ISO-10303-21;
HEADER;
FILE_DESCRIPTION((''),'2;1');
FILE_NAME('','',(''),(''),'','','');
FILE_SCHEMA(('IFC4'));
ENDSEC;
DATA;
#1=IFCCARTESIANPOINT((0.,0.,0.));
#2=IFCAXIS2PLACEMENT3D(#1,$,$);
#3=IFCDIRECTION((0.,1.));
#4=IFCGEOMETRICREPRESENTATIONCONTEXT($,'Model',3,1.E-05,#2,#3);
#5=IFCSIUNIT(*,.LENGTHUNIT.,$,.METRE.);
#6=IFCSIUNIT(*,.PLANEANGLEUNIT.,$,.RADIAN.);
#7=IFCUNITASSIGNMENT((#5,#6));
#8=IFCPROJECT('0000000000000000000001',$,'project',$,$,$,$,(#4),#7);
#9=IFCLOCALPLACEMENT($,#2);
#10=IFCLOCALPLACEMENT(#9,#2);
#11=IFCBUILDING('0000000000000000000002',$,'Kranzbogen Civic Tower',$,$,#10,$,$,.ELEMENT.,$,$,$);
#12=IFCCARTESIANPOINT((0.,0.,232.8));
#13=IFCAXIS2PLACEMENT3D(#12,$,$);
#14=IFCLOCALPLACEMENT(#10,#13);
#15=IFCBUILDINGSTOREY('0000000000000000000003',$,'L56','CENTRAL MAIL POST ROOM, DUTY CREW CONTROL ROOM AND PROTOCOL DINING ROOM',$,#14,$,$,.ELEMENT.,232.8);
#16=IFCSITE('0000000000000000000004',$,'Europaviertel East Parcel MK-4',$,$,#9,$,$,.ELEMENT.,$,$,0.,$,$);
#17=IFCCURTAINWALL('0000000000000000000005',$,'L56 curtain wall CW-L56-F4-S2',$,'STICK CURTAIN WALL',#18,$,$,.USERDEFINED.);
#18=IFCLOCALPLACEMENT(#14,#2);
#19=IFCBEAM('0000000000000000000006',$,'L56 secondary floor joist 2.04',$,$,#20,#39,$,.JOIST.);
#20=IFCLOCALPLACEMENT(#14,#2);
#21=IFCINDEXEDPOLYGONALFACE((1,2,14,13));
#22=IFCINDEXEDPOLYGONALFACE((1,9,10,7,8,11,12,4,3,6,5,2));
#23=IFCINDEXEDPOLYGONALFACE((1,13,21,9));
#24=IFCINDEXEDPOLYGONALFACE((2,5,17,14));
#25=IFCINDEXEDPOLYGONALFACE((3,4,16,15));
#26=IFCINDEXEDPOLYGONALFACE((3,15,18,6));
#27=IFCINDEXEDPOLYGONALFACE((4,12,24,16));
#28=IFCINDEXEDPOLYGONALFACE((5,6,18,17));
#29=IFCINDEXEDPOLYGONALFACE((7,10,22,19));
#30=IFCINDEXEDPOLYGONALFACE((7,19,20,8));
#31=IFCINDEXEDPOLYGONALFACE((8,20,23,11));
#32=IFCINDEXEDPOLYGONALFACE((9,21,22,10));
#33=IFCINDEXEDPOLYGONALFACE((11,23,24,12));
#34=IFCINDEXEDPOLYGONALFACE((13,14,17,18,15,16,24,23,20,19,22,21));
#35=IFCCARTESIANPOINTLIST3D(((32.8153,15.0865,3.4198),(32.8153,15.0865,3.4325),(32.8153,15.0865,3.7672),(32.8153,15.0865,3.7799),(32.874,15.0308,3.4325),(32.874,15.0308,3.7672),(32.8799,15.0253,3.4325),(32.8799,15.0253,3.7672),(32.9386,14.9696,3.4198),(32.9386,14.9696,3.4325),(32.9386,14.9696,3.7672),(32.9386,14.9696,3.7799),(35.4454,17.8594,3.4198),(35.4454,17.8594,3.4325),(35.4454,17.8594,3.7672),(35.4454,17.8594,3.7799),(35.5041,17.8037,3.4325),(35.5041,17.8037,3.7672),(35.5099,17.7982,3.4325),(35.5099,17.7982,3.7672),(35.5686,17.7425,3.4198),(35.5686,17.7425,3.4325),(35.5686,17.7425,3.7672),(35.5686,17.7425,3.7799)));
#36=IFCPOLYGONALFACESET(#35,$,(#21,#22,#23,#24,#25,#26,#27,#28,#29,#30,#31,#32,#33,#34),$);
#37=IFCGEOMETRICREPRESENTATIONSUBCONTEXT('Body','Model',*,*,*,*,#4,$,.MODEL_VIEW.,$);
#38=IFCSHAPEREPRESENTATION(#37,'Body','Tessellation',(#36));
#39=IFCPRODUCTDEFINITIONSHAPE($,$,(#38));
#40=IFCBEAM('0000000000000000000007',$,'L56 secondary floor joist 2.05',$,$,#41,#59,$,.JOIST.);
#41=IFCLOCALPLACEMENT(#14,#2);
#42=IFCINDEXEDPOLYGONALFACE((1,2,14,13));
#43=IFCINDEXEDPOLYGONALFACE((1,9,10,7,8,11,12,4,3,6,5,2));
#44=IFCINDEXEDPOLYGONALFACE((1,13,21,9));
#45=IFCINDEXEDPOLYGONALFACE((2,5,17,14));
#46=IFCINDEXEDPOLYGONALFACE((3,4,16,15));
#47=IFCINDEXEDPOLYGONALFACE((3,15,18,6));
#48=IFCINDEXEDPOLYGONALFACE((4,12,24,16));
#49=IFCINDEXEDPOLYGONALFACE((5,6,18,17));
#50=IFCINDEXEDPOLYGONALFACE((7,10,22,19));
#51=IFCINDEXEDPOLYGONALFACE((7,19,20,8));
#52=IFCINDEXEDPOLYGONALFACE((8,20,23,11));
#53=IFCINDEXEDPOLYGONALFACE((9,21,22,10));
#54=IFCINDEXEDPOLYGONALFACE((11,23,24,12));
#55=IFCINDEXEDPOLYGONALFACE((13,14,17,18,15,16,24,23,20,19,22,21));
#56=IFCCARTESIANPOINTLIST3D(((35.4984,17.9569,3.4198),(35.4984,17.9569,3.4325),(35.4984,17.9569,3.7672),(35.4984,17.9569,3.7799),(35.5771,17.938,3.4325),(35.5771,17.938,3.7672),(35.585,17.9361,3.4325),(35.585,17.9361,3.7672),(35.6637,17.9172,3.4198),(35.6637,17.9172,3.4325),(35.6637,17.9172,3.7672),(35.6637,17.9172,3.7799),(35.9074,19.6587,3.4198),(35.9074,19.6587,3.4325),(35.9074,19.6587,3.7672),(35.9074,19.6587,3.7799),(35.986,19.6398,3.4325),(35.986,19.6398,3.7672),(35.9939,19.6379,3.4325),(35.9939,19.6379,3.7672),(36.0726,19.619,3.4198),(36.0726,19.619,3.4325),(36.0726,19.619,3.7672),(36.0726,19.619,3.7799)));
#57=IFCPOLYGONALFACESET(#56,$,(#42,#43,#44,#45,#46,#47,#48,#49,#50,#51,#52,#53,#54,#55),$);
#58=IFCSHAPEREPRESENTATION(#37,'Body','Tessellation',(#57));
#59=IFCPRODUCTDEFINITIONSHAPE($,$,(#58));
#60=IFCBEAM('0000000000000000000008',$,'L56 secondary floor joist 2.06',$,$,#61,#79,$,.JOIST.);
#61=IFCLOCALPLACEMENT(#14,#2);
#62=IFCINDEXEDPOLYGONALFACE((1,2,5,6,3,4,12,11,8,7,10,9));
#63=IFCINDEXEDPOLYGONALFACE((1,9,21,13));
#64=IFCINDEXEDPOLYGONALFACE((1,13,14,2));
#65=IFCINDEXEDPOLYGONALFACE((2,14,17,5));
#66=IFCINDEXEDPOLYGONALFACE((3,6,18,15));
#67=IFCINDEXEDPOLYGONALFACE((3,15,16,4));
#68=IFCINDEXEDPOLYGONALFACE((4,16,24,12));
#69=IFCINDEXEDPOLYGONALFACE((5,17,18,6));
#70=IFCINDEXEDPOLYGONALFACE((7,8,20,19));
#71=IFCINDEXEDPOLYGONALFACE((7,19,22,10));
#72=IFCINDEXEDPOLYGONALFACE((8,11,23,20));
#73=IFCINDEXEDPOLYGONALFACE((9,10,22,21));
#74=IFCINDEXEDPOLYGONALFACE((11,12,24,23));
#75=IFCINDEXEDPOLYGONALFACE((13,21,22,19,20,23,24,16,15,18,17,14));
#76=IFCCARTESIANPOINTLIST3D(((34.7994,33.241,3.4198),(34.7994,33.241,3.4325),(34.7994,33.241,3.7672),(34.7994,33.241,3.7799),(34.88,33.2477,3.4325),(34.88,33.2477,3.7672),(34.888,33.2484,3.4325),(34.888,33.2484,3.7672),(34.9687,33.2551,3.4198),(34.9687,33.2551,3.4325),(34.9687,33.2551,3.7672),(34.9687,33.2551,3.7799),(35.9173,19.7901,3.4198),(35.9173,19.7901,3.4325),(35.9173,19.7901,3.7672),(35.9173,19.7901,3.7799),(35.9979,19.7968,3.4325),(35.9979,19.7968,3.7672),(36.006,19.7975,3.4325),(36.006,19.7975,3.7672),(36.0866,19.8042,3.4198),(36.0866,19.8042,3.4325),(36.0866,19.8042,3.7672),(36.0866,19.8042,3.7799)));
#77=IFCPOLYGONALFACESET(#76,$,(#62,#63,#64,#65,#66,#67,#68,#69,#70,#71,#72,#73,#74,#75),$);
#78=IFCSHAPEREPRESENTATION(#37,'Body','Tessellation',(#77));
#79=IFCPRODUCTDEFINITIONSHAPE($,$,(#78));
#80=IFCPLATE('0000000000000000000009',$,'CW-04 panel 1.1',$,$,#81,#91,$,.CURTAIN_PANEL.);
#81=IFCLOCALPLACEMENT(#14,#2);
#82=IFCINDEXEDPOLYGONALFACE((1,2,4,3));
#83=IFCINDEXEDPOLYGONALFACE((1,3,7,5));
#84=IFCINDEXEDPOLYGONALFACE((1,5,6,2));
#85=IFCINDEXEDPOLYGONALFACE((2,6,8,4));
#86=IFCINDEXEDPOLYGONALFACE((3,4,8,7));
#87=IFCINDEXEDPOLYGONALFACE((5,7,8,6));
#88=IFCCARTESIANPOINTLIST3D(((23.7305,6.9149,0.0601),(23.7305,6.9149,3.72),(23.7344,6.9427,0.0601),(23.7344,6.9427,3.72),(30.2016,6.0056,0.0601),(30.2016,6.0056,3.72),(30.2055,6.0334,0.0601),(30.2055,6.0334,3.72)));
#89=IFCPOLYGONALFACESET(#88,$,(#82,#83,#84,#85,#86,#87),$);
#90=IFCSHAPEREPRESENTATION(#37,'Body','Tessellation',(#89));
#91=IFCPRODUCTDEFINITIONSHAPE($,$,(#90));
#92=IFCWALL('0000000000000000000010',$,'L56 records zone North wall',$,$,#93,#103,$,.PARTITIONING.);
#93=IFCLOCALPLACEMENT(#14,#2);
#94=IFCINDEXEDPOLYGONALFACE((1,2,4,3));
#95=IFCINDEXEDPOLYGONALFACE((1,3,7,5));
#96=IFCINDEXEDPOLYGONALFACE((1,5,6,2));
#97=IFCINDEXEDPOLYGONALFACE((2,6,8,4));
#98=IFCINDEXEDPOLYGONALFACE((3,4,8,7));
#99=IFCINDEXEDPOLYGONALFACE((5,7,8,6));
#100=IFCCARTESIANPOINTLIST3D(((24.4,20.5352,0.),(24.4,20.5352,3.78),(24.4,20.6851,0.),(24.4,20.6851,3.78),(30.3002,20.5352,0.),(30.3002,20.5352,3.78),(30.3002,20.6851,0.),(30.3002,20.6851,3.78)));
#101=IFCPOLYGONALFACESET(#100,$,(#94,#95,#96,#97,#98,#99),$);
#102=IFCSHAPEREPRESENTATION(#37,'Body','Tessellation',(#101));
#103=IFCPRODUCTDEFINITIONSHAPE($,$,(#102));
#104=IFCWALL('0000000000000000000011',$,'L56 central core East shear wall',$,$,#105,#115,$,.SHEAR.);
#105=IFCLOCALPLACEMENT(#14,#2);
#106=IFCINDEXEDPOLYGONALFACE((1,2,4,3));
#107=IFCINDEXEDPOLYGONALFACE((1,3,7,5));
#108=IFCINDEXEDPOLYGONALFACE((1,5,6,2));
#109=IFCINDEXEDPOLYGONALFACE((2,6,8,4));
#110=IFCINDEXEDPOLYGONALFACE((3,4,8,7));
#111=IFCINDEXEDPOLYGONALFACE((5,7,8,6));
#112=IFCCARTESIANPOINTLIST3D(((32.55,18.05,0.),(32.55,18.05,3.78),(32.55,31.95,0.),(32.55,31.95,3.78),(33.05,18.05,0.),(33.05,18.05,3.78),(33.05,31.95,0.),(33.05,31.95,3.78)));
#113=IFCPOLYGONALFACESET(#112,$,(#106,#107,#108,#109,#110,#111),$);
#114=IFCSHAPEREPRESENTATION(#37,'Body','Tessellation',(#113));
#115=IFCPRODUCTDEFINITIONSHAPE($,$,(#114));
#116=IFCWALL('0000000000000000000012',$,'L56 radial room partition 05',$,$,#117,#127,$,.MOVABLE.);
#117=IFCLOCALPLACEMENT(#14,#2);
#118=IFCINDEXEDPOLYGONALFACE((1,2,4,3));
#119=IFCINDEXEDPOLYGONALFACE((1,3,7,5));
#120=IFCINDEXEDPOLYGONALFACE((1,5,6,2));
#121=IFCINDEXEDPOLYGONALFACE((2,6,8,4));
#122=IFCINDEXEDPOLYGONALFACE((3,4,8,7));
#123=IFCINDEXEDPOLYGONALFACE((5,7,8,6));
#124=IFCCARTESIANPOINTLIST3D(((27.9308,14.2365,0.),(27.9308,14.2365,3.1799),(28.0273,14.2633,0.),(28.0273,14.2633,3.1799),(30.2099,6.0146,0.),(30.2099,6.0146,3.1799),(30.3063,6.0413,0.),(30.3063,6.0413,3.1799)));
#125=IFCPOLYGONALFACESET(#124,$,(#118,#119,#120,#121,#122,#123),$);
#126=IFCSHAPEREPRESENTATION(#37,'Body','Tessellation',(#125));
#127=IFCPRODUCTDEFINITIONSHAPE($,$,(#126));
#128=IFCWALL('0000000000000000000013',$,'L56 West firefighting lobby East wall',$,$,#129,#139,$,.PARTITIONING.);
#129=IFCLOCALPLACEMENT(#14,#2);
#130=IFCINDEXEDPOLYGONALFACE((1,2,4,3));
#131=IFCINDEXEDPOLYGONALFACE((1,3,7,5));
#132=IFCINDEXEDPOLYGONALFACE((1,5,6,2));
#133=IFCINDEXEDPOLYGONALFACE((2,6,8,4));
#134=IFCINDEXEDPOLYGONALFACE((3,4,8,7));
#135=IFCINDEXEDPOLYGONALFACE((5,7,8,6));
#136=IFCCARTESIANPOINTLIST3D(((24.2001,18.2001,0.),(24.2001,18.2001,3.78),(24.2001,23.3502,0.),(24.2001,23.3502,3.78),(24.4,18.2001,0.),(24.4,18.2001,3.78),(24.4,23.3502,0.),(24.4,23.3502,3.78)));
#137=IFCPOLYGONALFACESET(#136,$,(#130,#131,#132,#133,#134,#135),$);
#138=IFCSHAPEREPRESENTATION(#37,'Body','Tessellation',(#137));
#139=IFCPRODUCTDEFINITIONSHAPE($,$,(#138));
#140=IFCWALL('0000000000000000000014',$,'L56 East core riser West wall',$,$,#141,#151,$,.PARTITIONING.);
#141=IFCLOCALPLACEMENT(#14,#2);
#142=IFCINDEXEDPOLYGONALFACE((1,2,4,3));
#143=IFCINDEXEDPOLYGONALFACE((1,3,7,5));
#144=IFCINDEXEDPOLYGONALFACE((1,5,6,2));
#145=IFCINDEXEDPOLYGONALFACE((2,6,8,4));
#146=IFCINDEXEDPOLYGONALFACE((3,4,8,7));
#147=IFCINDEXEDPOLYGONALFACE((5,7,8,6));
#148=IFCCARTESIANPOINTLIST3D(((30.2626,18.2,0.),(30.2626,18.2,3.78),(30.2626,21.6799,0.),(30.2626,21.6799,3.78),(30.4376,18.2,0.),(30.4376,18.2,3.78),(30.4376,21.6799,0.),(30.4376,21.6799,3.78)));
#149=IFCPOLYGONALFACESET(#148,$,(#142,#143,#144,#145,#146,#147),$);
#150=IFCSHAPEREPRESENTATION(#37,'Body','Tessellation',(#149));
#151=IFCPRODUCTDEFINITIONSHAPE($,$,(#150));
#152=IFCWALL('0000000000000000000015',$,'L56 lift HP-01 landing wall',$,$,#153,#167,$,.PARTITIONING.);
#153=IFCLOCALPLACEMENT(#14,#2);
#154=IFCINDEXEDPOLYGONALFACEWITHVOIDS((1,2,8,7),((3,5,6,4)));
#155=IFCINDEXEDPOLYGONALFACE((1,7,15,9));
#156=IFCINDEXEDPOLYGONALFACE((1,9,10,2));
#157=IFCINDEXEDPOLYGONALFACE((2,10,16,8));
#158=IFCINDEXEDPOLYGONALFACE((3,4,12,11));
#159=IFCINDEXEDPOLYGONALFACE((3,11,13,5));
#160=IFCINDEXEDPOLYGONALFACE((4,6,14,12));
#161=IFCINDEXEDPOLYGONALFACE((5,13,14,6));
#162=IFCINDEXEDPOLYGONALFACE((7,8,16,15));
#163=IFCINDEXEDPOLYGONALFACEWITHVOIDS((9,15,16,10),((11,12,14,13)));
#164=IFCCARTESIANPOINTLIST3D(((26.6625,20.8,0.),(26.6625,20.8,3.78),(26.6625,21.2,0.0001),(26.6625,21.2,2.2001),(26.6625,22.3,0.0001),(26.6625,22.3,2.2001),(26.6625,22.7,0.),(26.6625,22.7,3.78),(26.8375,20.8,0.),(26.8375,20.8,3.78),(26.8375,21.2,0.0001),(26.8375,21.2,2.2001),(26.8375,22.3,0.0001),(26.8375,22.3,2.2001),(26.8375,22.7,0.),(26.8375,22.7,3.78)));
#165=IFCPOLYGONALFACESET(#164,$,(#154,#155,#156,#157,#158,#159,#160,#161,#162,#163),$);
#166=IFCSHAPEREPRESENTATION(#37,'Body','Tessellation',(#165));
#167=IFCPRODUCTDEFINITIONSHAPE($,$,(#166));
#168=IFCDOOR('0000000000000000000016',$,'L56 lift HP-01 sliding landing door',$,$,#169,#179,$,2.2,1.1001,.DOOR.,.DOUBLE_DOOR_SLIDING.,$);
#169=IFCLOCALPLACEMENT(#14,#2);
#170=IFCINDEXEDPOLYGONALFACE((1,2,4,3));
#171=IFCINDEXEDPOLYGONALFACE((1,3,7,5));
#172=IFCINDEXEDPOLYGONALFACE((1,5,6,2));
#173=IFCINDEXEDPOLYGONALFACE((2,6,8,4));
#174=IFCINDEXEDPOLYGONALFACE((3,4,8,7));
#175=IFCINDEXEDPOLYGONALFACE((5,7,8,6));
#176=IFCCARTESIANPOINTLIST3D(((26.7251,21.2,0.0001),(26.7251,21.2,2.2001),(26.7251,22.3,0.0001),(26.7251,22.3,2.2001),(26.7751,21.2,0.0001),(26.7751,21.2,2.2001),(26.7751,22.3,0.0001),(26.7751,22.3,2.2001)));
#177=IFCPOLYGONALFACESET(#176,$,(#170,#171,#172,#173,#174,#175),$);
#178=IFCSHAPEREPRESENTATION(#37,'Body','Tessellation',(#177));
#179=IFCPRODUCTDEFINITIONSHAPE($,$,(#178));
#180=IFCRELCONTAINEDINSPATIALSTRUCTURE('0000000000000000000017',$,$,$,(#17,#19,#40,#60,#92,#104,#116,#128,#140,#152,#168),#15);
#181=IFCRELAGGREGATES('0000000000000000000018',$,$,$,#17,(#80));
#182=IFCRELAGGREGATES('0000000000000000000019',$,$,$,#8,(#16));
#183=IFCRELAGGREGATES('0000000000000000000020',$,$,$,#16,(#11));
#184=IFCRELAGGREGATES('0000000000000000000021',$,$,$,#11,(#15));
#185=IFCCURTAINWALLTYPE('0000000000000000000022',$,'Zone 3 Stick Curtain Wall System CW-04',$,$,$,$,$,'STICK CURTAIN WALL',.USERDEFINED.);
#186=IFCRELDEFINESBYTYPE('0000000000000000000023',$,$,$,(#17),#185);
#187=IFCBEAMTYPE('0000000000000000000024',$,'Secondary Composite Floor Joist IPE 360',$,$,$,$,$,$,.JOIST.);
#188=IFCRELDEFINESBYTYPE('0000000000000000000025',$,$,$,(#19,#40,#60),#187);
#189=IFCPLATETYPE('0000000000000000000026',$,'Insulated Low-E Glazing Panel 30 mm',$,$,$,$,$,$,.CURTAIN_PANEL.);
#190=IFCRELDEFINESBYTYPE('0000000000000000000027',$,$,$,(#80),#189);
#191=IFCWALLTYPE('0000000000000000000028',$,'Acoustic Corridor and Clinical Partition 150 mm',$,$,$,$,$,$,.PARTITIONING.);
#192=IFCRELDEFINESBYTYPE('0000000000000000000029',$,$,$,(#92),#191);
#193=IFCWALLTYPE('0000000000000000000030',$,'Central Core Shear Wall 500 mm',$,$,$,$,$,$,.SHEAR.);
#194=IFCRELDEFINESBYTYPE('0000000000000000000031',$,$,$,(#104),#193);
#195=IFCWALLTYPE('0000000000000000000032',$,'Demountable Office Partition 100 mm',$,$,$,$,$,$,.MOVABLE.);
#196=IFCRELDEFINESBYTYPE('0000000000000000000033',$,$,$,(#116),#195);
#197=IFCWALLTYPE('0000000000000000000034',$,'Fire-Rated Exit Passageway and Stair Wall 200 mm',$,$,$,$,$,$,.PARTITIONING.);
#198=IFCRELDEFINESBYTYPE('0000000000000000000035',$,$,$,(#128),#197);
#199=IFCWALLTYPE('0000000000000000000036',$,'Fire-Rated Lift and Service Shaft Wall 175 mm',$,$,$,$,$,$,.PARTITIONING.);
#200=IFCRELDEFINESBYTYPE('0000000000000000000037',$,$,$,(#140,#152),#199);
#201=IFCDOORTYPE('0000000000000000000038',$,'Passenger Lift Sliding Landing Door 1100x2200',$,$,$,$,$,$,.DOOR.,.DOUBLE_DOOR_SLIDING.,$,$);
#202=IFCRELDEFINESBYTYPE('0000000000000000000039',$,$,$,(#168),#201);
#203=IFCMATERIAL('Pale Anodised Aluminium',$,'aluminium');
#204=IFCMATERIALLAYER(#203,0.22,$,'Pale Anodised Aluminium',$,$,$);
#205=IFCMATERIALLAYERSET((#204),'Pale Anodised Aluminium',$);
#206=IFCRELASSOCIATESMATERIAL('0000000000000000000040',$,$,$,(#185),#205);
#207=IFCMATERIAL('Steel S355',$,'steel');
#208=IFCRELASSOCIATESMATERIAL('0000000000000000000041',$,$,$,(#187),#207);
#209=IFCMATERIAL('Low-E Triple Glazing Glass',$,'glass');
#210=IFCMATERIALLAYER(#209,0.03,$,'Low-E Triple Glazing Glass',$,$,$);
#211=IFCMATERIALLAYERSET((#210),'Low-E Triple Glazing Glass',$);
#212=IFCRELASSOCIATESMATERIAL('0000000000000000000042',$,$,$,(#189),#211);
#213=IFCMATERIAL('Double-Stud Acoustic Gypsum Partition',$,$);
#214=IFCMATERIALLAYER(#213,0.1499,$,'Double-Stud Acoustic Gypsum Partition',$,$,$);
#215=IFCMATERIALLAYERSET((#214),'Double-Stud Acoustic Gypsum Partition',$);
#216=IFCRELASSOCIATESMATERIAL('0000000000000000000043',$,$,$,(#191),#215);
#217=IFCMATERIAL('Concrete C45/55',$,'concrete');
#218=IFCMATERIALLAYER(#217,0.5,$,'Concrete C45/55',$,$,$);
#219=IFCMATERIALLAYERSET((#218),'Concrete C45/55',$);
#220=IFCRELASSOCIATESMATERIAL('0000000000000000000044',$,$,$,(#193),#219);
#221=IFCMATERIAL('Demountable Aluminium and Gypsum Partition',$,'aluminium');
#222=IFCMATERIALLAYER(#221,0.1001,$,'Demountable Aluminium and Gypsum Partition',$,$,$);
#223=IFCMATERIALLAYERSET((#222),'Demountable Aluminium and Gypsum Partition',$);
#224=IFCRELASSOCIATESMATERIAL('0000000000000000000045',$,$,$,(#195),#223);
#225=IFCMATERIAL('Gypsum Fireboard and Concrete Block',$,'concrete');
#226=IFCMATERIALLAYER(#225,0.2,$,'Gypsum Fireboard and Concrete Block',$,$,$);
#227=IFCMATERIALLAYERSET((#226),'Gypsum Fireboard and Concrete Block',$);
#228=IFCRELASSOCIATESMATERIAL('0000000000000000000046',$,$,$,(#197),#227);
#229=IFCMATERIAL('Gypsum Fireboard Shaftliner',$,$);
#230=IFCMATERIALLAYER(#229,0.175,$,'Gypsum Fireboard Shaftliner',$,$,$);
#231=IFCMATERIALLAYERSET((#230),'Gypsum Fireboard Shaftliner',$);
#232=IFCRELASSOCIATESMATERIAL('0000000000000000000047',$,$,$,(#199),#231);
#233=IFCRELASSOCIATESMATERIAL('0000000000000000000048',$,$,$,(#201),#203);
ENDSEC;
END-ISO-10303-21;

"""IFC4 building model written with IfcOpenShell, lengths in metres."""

from ifc_helpers import new_model, si_unit, direction, frame, frame_2d, origin, origin_2d, place, context, subcontext, project, spatial, rectangle, i_section, extrude, material, layer, layer_set, material_profile, profile_set, type_object, element, fill, aggregate, save


model = new_model("IFC4")

# Units and contexts
model_context = context("Model", 3, precision=1e-05, world=origin(), true_north=direction((0.0, 1.0)))
body_context = subcontext(model_context, "Body", "Model", "MODEL_VIEW")
ifc_project = project(units=[si_unit("LENGTHUNIT", "METRE"), si_unit("PLANEANGLEUNIT", "RADIAN")], contexts=[model_context])

# Site, building, storey
site_placement = place(None, origin())
site = spatial("IfcSite", under=ifc_project, at=site_placement, Name="Europaviertel East Parcel MK-4", CompositionType="ELEMENT", RefElevation=0.0)
building_placement = place(site_placement, origin())
building = spatial("IfcBuilding", under=site, at=building_placement, Name="Kranzbogen Civic Tower", CompositionType="ELEMENT")
storey_placement = place(building_placement, frame((0.0, 0.0, 232.8)))
storey = spatial("IfcBuildingStorey", under=building, at=storey_placement, Name="L56", Description="CENTRAL MAIL POST ROOM, DUTY CREW CONTROL ROOM AND PROTOCOL DINING ROOM", CompositionType="ELEMENT", Elevation=232.8)

# Shared definitions
ifc_material_1 = material(Name="Steel S355", Category="steel")

# Curtain wall
ifc_material_2 = material(Name="Pale Anodised Aluminium", Category="aluminium")
ifc_layer_1 = layer(ifc_material_2, 0.22, Name="Pale Anodised Aluminium")
ifc_layer_set_1 = layer_set([ifc_layer_1], Name="Pale Anodised Aluminium")
curtain_wall_type = type_object("IfcCurtainWallType", Name="Zone 3 Stick Curtain Wall System CW-04", ElementType="STICK CURTAIN WALL", PredefinedType="USERDEFINED", material=ifc_layer_set_1)
curtain_wall_1_placement = place(storey_placement, origin())
curtain_wall_1 = element("IfcCurtainWall", 1, at=curtain_wall_1_placement, inside=storey, type_object=curtain_wall_type, Name="L56 curtain wall CW-L56-F4-S2", ObjectType="STICK CURTAIN WALL", PredefinedType="USERDEFINED")

# Beams
ifc_material_profile_1 = material_profile(ifc_material_1, i_section(OverallWidth=0.1699, OverallDepth=0.3601, WebThickness=0.0081, FlangeThickness=0.0127, at=origin_2d()), Name="IPE 360")
ifc_profile_set_1 = profile_set([ifc_material_profile_1], Name="Steel S355")
beam_type_1 = type_object("IfcBeamType", Name="Secondary Composite Floor Joist IPE 360", PredefinedType="JOIST", material=ifc_profile_set_1)
beam_1_placement = place(storey_placement, frame((32.877, 15.0281, 3.5999), z_axis=(0.688175, 0.725545, 0.0), x_axis=(-0.725545, 0.688175, 0.0)))
element("IfcBeam", 2, at=beam_1_placement, inside=storey, type_object=beam_type_1, Name="L56 secondary floor joist 2.04", PredefinedType="JOIST", context=body_context, shape_type="SweptSolid", body=[
    extrude(i_section(OverallWidth=0.1699, OverallDepth=0.3601, WebThickness=0.0081, FlangeThickness=0.0127, at=origin_2d()), origin(), (0.0, 0.0, 1.0), 3.8218),
])
beam_2_placement = place(storey_placement, frame((35.5811, 17.937, 3.5999), z_axis=(0.233631, 0.972325, 0.0), x_axis=(-0.972325, 0.233631, 0.0)))
element("IfcBeam", 3, at=beam_2_placement, inside=storey, type_object=beam_type_1, Name="L56 secondary floor joist 2.05", PredefinedType="JOIST", context=body_context, shape_type="SweptSolid", body=[
    extrude(i_section(OverallWidth=0.1699, OverallDepth=0.3601, WebThickness=0.0081, FlangeThickness=0.0127, at=origin_2d()), origin(), (0.0, 0.0, 1.0), 1.7502),
])
beam_3_placement = place(storey_placement, frame((36.002, 19.7971, 3.5999), z_axis=(-0.082825, 0.996564, 0.0), x_axis=(-0.996564, -0.082825, 0.0)))
element("IfcBeam", 4, at=beam_3_placement, inside=storey, type_object=beam_type_1, Name="L56 secondary floor joist 2.06", PredefinedType="JOIST", context=body_context, shape_type="SweptSolid", body=[
    extrude(i_section(OverallWidth=0.1699, OverallDepth=0.3601, WebThickness=0.0081, FlangeThickness=0.0127, at=origin_2d()), origin(), (0.0, 0.0, 1.0), 13.4973),
])

# Plate
ifc_material_3 = material(Name="Low-E Triple Glazing Glass", Category="glass")
ifc_layer_2 = layer(ifc_material_3, 0.03, Name="Low-E Triple Glazing Glass")
ifc_layer_set_2 = layer_set([ifc_layer_2], Name="Low-E Triple Glazing Glass")
plate_type = type_object("IfcPlateType", Name="Insulated Low-E Glazing Panel 30 mm", PredefinedType="CURTAIN_PANEL", material=ifc_layer_set_2)
plate_placement = place(storey_placement, frame((26.968, 6.4741, 0.0601), z_axis=(0.0, 0.0, 1.0), x_axis=(0.990271, -0.139149, 0.0)))
plate = element("IfcPlate", 5, at=plate_placement, type_object=plate_type, Name="CW-04 panel 1.1", PredefinedType="CURTAIN_PANEL", context=body_context, shape_type="SweptSolid", body=[
    extrude(rectangle(XDim=6.5347, YDim=0.0281, at=origin_2d()), origin(), (0.0, 0.0, 1.0), 3.6599),
])
aggregate(curtain_wall_1, [plate])

# Walls
ifc_material_4 = material(Name="Double-Stud Acoustic Gypsum Partition")
ifc_layer_3 = layer(ifc_material_4, 0.1499, Name="Double-Stud Acoustic Gypsum Partition")
ifc_layer_set_3 = layer_set([ifc_layer_3], Name="Double-Stud Acoustic Gypsum Partition")
wall_type_1 = type_object("IfcWallType", Name="Acoustic Corridor and Clinical Partition 150 mm", PredefinedType="PARTITIONING", material=ifc_layer_set_3)
wall_1_placement = place(storey_placement, frame((24.3999, 20.6101, 0.0), z_axis=(0.0, 0.0, 1.0), x_axis=(1.0, 0.0, 0.0)))
element("IfcWall", 6, at=wall_1_placement, inside=storey, type_object=wall_type_1, Name="L56 records zone North wall", PredefinedType="PARTITIONING", context=body_context, shape_type="SweptSolid", body=[
    extrude(rectangle(XDim=5.9001, YDim=0.1499, at=frame_2d((2.9502, 0.0))), origin(), (0.0, 0.0, 1.0), 3.78),
])
ifc_material_5 = material(Name="Concrete C45/55", Category="concrete")
ifc_layer_4 = layer(ifc_material_5, 0.5, Name="Concrete C45/55")
ifc_layer_set_4 = layer_set([ifc_layer_4], Name="Concrete C45/55")
wall_type_2 = type_object("IfcWallType", Name="Central Core Shear Wall 500 mm", PredefinedType="SHEAR", material=ifc_layer_set_4)
wall_2_placement = place(storey_placement, frame((32.8, 18.05, 0.0), z_axis=(0.0, 0.0, 1.0), x_axis=(0.0, 1.0, 0.0)))
element("IfcWall", 7, at=wall_2_placement, inside=storey, type_object=wall_type_2, Name="L56 central core East shear wall", PredefinedType="SHEAR", context=body_context, shape_type="SweptSolid", body=[
    extrude(rectangle(XDim=13.8999, YDim=0.5, at=frame_2d((6.95, 0.0))), origin(), (0.0, 0.0, 1.0), 3.78),
])
ifc_material_6 = material(Name="Demountable Aluminium and Gypsum Partition", Category="aluminium")
ifc_layer_5 = layer(ifc_material_6, 0.1001, Name="Demountable Aluminium and Gypsum Partition")
ifc_layer_set_5 = layer_set([ifc_layer_5], Name="Demountable Aluminium and Gypsum Partition")
wall_type_3 = type_object("IfcWallType", Name="Demountable Office Partition 100 mm", PredefinedType="MOVABLE", material=ifc_layer_set_5)
wall_3_placement = place(storey_placement, frame((27.979, 14.25, 0.0), z_axis=(0.0, 0.0, 1.0), x_axis=(0.26712, -0.963663, 0.0)))
element("IfcWall", 8, at=wall_3_placement, inside=storey, type_object=wall_type_3, Name="L56 radial room partition 05", PredefinedType="MOVABLE", context=body_context, shape_type="SweptSolid", body=[
    extrude(rectangle(XDim=8.532, YDim=0.1001, at=frame_2d((4.2661, 0.0))), origin(), (0.0, 0.0, 1.0), 3.1799),
])
ifc_material_7 = material(Name="Gypsum Fireboard and Concrete Block", Category="concrete")
ifc_layer_6 = layer(ifc_material_7, 0.2, Name="Gypsum Fireboard and Concrete Block")
ifc_layer_set_6 = layer_set([ifc_layer_6], Name="Gypsum Fireboard and Concrete Block")
wall_type_4 = type_object("IfcWallType", Name="Fire-Rated Exit Passageway and Stair Wall 200 mm", PredefinedType="PARTITIONING", material=ifc_layer_set_6)
wall_4_placement = place(storey_placement, frame((24.3, 18.2, 0.0), z_axis=(0.0, 0.0, 1.0), x_axis=(0.0, 1.0, 0.0)))
element("IfcWall", 9, at=wall_4_placement, inside=storey, type_object=wall_type_4, Name="L56 West firefighting lobby East wall", PredefinedType="PARTITIONING", context=body_context, shape_type="SweptSolid", body=[
    extrude(rectangle(XDim=5.1501, YDim=0.2, at=frame_2d((2.5752, 0.0))), origin(), (0.0, 0.0, 1.0), 3.78),
])
ifc_material_8 = material(Name="Gypsum Fireboard Shaftliner")
ifc_layer_7 = layer(ifc_material_8, 0.175, Name="Gypsum Fireboard Shaftliner")
ifc_layer_set_7 = layer_set([ifc_layer_7], Name="Gypsum Fireboard Shaftliner")
wall_type_5 = type_object("IfcWallType", Name="Fire-Rated Lift and Service Shaft Wall 175 mm", PredefinedType="PARTITIONING", material=ifc_layer_set_7)
wall_5_placement = place(storey_placement, frame((30.3501, 18.2, 0.0), z_axis=(0.0, 0.0, 1.0), x_axis=(0.0, 1.0, 0.0)))
element("IfcWall", 10, at=wall_5_placement, inside=storey, type_object=wall_type_5, Name="L56 East core riser West wall", PredefinedType="PARTITIONING", context=body_context, shape_type="SweptSolid", body=[
    extrude(rectangle(XDim=3.48, YDim=0.175, at=frame_2d((1.74, 0.0))), origin(), (0.0, 0.0, 1.0), 3.78),
])

# Wall, opening, door
wall_6_placement = place(storey_placement, frame((26.75, 20.8, 0.0), z_axis=(0.0, 0.0, 1.0), x_axis=(0.0, 1.0, 0.0)))
wall_6 = element("IfcWall", 11, at=wall_6_placement, inside=storey, type_object=wall_type_5, Name="L56 lift HP-01 landing wall", PredefinedType="PARTITIONING", context=body_context, shape_type="SweptSolid", body=[
    extrude(rectangle(XDim=1.8999, YDim=0.175, at=frame_2d((0.95, 0.0))), origin(), (0.0, 0.0, 1.0), 3.78),
])
opening_placement = place(wall_6_placement, frame((0.3999, 0.0, 0.0)))
opening = element("IfcOpeningElement", 12, at=opening_placement, cuts=wall_6, PredefinedType="OPENING", context=body_context, shape_type="SweptSolid", body=[
    extrude(rectangle(XDim=1.1001, YDim=2.2, at=frame_2d((0.55, 1.1001))), frame((0.0, 0.0977, 0.0), z_axis=(0.0, -1.0, 0.0), x_axis=(1.0, 0.0, 0.0)), (0.0, 0.0, 1.0), 0.1951),
])
door_type = type_object("IfcDoorType", Name="Passenger Lift Sliding Landing Door 1100x2200", OperationType="DOUBLE_DOOR_SLIDING", PredefinedType="DOOR", material=ifc_material_2)
door_placement = place(opening_placement, origin())
door = element("IfcDoor", 13, at=door_placement, inside=storey, type_object=door_type, Name="L56 lift HP-01 sliding landing door", OperationType="DOUBLE_DOOR_SLIDING", OverallHeight=2.2, OverallWidth=1.1001, PredefinedType="DOOR", context=body_context, shape_type="SweptSolid", body=[
    extrude(rectangle(XDim=1.1001, YDim=2.2, at=frame_2d((0.55, 1.1001))), frame((0.0, 0.0249, 0.0), z_axis=(0.0, -1.0, 0.0), x_axis=(1.0, 0.0, 0.0)), (0.0, 0.0, 1.0), 0.05),
])
fill(opening, door)

save(model, "model.ifc")
